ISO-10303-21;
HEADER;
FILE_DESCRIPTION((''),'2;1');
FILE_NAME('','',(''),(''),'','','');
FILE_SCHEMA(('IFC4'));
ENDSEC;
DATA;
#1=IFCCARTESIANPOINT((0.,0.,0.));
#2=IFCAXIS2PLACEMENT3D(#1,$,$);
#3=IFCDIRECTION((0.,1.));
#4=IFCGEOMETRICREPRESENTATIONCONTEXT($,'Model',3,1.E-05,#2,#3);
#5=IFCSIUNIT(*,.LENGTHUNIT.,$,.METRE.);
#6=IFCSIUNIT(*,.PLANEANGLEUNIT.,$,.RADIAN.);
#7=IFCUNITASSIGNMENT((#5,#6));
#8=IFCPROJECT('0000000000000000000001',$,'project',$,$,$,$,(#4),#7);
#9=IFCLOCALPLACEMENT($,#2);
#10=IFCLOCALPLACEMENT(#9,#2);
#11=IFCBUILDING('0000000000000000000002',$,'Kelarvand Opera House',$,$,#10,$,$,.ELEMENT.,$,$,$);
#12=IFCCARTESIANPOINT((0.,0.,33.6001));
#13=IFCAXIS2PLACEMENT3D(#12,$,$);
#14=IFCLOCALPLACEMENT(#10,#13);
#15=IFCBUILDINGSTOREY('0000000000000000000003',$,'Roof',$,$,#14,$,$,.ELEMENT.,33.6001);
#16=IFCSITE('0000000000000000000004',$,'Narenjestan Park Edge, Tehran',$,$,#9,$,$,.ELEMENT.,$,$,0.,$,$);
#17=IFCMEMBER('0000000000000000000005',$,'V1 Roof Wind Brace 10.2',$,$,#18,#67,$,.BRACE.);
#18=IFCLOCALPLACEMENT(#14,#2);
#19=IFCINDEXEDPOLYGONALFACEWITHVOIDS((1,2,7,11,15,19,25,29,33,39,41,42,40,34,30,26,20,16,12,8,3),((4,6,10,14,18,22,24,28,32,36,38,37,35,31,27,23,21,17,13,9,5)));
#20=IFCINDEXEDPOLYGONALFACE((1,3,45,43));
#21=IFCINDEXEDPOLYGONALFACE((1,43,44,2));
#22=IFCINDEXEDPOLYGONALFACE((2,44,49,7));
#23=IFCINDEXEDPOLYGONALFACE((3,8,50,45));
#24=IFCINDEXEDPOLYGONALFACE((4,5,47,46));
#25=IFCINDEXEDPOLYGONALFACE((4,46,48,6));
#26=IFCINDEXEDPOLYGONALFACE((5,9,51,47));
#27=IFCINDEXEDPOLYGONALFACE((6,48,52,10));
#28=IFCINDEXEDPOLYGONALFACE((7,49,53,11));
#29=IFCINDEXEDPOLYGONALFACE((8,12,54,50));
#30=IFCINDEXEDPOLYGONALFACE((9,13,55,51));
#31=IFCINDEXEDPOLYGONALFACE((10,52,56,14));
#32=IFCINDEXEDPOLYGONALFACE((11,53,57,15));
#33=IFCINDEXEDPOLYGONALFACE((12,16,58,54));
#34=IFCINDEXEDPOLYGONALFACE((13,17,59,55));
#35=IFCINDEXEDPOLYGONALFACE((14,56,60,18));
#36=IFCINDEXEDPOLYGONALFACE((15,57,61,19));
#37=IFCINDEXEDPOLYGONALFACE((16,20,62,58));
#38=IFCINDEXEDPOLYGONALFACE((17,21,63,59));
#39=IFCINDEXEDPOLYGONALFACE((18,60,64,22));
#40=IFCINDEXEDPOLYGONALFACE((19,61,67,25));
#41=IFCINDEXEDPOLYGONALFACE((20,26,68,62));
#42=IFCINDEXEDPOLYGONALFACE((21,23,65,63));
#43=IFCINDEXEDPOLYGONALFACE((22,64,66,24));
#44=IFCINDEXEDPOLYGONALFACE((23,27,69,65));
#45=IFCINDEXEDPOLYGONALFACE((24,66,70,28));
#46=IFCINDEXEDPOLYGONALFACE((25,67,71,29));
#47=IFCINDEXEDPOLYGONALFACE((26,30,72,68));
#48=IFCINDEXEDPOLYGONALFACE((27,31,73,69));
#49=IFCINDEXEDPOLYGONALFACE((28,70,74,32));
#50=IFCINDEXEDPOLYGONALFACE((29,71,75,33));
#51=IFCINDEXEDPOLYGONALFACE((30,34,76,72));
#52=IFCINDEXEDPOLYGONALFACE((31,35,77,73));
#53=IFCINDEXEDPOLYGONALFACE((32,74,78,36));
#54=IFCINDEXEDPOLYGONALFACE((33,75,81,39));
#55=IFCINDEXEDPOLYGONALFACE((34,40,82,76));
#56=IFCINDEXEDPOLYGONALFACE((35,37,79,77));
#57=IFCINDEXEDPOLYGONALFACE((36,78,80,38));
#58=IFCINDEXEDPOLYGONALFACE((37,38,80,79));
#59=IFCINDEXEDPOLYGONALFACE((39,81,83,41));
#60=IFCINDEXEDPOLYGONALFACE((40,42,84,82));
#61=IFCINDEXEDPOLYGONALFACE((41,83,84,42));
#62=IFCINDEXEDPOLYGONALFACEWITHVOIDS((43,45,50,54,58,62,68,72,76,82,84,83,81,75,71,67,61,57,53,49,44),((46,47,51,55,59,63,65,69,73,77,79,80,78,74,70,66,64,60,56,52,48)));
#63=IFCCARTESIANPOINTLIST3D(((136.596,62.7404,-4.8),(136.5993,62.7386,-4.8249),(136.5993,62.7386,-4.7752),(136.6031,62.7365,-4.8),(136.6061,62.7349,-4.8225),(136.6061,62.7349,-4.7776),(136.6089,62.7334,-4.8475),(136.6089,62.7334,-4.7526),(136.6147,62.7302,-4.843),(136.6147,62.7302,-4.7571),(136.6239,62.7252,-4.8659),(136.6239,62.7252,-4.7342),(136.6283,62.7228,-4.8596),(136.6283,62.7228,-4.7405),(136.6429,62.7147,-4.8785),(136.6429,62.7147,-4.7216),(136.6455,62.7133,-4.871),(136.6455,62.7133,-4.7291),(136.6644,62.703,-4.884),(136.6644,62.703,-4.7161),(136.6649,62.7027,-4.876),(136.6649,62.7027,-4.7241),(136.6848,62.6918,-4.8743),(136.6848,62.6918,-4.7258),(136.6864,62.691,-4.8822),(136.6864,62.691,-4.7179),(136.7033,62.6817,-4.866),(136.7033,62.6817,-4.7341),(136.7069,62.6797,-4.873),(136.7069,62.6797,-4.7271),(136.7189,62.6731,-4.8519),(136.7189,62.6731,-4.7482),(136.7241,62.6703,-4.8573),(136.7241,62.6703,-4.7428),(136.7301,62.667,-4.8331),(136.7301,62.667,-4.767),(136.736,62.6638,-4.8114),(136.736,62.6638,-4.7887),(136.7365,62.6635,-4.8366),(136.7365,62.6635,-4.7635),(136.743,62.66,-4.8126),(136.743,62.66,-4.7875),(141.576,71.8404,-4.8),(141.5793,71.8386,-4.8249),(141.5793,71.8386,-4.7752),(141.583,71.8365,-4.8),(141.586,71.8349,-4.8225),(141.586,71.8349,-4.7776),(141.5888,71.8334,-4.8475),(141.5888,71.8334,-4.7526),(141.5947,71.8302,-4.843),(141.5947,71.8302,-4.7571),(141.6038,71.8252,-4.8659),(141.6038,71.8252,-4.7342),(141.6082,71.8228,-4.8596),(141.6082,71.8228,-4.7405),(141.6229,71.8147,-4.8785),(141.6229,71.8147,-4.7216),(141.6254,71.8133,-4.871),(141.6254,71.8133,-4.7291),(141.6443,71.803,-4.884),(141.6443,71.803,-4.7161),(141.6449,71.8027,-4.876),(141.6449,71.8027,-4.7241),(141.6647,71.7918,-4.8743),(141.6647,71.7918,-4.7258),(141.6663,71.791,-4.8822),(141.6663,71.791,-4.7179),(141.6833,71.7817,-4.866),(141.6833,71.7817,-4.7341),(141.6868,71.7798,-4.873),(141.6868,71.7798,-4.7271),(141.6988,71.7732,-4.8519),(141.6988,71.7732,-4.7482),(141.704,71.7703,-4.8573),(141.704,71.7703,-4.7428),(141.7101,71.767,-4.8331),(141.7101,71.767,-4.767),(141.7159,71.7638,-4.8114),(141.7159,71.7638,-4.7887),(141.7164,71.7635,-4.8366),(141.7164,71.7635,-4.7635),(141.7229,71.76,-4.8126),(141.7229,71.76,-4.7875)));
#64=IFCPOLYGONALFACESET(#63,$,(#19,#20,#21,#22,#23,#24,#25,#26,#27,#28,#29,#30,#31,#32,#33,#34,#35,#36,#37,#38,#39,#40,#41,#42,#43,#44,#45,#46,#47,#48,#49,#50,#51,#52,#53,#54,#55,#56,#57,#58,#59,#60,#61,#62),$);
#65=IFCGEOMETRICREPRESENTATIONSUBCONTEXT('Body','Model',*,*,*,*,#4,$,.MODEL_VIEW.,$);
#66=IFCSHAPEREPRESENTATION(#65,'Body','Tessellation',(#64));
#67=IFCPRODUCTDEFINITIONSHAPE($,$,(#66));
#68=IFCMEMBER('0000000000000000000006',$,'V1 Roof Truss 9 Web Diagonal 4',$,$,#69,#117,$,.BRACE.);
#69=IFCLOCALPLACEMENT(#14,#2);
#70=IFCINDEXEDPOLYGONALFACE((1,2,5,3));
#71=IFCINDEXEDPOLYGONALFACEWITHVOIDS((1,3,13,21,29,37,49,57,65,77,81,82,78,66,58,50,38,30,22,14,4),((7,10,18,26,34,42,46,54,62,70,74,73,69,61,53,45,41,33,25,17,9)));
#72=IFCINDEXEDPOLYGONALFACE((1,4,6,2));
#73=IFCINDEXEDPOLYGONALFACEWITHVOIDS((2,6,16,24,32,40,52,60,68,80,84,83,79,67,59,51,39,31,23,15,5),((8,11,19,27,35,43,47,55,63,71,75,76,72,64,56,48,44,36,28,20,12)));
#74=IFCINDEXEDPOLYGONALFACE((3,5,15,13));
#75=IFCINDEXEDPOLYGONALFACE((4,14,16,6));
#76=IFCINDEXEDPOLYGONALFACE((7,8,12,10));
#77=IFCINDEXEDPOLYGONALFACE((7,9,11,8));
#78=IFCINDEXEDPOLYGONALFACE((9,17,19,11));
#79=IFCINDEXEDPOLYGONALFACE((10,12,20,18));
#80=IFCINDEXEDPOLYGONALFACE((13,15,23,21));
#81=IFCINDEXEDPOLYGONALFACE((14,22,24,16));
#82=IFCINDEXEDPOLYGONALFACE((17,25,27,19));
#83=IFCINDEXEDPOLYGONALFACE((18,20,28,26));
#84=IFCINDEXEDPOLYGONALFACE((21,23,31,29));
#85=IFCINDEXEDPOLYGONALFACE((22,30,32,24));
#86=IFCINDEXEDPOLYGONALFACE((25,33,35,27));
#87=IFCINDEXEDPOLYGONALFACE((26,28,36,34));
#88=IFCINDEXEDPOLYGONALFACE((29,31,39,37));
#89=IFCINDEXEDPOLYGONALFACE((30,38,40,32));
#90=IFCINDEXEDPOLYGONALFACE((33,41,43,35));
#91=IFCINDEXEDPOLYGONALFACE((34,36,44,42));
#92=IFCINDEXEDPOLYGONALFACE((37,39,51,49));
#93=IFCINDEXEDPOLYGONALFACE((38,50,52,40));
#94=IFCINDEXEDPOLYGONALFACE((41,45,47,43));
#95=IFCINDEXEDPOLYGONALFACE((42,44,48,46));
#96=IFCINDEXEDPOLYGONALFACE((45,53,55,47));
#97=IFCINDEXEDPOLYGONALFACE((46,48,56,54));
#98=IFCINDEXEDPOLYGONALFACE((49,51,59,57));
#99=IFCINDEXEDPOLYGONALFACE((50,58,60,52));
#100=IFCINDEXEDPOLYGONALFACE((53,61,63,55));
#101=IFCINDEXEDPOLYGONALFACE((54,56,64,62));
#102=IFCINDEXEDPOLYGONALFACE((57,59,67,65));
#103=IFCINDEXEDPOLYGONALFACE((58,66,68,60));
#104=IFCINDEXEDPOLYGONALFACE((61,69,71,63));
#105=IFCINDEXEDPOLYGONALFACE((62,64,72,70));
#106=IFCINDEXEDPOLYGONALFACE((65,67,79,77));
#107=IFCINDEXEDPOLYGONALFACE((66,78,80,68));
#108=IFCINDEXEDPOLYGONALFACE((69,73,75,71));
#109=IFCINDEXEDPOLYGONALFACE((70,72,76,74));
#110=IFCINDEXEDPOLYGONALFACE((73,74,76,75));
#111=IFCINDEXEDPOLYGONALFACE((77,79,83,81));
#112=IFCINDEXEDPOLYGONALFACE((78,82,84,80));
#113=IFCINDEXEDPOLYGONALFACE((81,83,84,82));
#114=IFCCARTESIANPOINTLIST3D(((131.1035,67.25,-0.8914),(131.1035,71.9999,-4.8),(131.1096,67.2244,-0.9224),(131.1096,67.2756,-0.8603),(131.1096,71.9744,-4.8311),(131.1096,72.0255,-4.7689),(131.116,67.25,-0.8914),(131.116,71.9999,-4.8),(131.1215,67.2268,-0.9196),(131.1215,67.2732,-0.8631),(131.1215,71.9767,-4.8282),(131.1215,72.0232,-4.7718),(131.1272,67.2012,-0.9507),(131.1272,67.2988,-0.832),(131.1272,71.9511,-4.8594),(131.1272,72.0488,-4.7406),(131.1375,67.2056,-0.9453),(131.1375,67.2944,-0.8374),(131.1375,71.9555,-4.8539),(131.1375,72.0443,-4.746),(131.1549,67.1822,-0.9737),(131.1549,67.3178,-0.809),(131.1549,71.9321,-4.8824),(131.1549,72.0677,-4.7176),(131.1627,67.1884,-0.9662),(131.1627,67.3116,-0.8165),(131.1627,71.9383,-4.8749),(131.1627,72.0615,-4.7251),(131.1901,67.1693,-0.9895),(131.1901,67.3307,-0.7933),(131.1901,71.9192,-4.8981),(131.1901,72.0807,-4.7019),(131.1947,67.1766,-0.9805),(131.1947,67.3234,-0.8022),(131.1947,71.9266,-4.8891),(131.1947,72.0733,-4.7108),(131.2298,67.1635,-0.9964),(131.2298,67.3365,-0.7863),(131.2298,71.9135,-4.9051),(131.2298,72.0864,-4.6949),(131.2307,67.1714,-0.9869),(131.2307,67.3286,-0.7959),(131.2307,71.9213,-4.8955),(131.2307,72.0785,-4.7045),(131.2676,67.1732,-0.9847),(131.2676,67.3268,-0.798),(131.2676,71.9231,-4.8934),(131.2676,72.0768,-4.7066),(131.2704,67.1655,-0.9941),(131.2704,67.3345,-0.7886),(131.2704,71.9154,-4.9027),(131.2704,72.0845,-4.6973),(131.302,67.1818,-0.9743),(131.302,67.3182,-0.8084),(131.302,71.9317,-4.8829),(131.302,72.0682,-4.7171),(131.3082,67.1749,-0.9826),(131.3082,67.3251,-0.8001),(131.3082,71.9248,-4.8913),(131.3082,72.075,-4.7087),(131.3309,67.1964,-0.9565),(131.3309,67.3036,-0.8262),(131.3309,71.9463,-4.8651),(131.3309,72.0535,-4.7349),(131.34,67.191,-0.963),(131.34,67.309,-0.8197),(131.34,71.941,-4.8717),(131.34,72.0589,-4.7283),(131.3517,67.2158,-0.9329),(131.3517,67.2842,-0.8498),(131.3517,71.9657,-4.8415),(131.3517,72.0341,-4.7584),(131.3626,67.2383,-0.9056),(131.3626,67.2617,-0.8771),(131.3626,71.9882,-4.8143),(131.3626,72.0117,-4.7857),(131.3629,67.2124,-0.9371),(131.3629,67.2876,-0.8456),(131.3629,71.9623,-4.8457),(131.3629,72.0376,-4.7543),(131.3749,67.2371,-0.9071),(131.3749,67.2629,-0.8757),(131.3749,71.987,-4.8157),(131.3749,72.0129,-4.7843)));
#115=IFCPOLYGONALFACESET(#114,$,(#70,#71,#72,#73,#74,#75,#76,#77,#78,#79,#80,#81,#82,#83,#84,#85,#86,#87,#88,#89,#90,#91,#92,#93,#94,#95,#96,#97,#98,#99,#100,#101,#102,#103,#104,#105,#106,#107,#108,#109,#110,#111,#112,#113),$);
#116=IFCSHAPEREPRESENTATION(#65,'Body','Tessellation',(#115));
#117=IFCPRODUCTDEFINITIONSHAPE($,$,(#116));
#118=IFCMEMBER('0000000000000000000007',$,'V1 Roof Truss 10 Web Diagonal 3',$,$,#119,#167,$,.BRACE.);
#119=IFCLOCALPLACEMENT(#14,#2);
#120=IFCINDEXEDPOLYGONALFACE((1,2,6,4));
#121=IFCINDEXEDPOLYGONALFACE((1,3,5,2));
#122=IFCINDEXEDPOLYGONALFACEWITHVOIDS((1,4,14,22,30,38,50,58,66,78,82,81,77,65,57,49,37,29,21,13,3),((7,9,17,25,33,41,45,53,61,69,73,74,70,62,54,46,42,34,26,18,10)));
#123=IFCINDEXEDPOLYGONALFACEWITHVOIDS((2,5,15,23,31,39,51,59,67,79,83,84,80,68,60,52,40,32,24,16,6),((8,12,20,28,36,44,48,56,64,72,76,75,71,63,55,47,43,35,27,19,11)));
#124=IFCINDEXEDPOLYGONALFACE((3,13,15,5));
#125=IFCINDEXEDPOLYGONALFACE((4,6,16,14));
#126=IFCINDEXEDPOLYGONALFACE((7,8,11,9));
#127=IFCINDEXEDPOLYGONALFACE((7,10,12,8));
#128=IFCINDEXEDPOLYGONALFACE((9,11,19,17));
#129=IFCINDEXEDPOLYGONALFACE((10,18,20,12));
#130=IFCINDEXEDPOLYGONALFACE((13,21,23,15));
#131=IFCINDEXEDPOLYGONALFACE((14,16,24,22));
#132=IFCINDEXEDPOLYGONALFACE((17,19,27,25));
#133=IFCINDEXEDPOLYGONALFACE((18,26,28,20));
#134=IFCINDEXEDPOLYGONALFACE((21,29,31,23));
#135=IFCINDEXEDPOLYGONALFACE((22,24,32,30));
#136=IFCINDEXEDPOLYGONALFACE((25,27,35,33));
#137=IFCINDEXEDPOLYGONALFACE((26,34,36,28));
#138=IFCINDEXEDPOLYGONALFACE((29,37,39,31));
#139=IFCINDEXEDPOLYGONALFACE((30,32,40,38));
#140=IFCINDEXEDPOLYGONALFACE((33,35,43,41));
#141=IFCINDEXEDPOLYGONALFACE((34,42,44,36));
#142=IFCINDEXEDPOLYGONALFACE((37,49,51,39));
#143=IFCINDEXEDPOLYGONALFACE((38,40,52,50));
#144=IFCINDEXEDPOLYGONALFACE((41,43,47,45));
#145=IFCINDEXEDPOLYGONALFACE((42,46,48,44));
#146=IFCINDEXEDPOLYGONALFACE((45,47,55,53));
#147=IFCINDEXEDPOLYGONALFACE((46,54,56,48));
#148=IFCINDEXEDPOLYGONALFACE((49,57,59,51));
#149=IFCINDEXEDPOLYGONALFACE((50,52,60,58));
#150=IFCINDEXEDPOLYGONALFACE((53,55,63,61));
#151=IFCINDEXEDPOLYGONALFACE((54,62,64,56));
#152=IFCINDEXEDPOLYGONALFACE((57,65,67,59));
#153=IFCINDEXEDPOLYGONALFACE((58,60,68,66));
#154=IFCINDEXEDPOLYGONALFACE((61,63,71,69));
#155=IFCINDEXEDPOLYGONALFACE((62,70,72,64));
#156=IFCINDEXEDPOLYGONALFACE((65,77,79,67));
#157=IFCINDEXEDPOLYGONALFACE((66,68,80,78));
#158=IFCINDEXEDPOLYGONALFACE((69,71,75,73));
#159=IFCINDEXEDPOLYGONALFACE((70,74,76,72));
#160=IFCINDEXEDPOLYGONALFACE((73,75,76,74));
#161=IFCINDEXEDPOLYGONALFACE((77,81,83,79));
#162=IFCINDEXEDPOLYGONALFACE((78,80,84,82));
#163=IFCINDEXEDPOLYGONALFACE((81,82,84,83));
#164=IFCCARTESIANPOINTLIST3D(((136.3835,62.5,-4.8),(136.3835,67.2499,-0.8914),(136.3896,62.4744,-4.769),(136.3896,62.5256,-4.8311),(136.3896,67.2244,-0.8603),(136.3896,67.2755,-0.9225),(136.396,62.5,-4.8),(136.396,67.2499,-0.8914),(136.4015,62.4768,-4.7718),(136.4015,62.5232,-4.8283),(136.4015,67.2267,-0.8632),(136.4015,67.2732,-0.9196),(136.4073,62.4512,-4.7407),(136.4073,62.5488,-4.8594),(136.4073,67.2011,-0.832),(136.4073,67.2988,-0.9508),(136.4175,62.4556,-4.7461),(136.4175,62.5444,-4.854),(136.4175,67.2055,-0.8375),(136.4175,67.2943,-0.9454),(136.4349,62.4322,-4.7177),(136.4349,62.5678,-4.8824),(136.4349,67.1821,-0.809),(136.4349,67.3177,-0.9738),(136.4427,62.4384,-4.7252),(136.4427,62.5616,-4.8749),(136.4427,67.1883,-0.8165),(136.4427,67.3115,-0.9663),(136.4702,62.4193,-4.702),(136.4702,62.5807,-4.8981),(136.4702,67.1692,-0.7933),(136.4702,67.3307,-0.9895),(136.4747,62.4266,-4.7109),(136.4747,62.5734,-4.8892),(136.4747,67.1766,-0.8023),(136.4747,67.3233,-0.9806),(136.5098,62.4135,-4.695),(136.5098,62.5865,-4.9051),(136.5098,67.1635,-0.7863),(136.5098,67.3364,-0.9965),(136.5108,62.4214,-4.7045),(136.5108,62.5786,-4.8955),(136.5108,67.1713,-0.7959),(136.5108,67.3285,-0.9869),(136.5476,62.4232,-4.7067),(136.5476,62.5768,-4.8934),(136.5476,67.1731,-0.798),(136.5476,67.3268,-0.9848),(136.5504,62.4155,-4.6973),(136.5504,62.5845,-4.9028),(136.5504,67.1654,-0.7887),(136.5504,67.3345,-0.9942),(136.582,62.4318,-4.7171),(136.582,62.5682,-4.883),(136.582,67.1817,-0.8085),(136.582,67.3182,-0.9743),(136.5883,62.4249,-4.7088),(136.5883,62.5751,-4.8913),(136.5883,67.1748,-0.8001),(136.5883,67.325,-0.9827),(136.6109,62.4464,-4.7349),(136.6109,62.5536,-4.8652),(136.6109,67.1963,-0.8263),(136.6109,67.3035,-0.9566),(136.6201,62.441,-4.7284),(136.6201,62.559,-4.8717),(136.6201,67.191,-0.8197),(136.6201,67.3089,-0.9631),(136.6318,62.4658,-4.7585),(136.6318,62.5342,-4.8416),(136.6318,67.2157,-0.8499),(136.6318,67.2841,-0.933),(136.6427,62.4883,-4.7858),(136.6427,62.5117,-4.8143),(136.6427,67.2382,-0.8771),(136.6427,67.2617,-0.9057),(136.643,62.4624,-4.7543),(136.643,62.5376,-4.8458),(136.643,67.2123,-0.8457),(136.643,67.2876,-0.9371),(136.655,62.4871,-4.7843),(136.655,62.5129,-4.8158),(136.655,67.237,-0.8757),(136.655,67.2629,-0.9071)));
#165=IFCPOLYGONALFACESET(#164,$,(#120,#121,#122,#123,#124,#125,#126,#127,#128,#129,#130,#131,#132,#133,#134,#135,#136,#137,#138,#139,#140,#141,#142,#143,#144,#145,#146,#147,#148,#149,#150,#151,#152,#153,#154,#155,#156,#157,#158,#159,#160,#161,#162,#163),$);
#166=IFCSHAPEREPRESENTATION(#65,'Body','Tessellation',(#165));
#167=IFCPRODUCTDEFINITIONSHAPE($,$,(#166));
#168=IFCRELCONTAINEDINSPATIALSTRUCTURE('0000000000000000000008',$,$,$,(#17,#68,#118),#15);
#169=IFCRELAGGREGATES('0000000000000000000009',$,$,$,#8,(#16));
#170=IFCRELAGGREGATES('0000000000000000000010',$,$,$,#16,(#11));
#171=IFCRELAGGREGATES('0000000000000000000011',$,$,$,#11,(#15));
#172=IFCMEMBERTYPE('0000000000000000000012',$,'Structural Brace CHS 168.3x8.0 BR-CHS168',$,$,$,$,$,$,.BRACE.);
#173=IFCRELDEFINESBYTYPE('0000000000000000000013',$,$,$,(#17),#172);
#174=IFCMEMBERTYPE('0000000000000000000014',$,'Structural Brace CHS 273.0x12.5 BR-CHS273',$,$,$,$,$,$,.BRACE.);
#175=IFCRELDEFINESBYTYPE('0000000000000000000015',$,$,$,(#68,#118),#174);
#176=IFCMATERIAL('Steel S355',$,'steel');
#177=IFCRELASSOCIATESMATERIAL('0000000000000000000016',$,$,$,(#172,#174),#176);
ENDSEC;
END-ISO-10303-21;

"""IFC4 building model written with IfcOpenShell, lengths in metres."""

from ifc_helpers import new_model, si_unit, direction, frame, origin, origin_2d, place, context, subcontext, project, spatial, hollow_circle, extrude, material, material_profile, profile_set, type_object, element, save


model = new_model("IFC4")

# Units and contexts
model_context = context("Model", 3, precision=1e-05, world=origin(), true_north=direction((0.0, 1.0)))
body_context = subcontext(model_context, "Body", "Model", "MODEL_VIEW")
ifc_project = project(units=[si_unit("LENGTHUNIT", "METRE"), si_unit("PLANEANGLEUNIT", "RADIAN")], contexts=[model_context])

# Site, building, storey
site_placement = place(None, origin())
site = spatial("IfcSite", under=ifc_project, at=site_placement, Name="Narenjestan Park Edge, Tehran", CompositionType="ELEMENT", RefElevation=0.0)
building_placement = place(site_placement, origin())
building = spatial("IfcBuilding", under=site, at=building_placement, Name="Kelarvand Opera House", CompositionType="ELEMENT")
storey_placement = place(building_placement, frame((0.0, 0.0, 33.6001)))
storey = spatial("IfcBuildingStorey", under=building, at=storey_placement, Name="Roof", CompositionType="ELEMENT", Elevation=33.6001)

# Members
ifc_material = material(Name="Steel S355", Category="steel")
ifc_material_profile_1 = material_profile(ifc_material, hollow_circle(Radius=0.0842, WallThickness=0.0081, at=origin_2d()), Name="CHS 168.3x8.0", Category="steel")
ifc_profile_set_1 = profile_set([ifc_material_profile_1], Name="Steel S355")
member_type_1 = type_object("IfcMemberType", Name="Structural Brace CHS 168.3x8.0 BR-CHS168", PredefinedType="BRACE", material=ifc_profile_set_1)
member_1_placement = place(storey_placement, frame((136.6699, 62.7, -4.8), z_axis=(0.480062, 0.877235, 0.0), x_axis=(-0.877235, 0.480062, 0.0)))
element("IfcMember", 1, at=member_1_placement, inside=storey, type_object=member_type_1, Name="V1 Roof Wind Brace 10.2", PredefinedType="BRACE", context=body_context, shape_type="SweptSolid", body=[
    extrude(hollow_circle(Radius=0.0842, WallThickness=0.0081, at=origin_2d()), origin(), (0.0, 0.0, 1.0), 10.3735),
])
ifc_material_profile_2 = material_profile(ifc_material, hollow_circle(Radius=0.1365, WallThickness=0.0125, at=origin_2d()), Name="CHS 273.0x12.5", Category="steel")
ifc_profile_set_2 = profile_set([ifc_material_profile_2], Name="Steel S355")
member_type_2 = type_object("IfcMemberType", Name="Structural Brace CHS 273.0x12.5 BR-CHS273", PredefinedType="BRACE", material=ifc_profile_set_2)
for number, where, z_axis, x_axis, name in (
    (2, (131.24, 67.25, -0.8914), (0.0, 0.772175, -0.63541), (-1.0, 0.0, 0.0), "V1 Roof Truss 9 Web Diagonal 4"),
    (3, (136.52, 62.5, -4.8), (0.0, 0.772175, 0.63541), (-1.0, 0.0, 0.0), "V1 Roof Truss 10 Web Diagonal 3"),
):
    element("IfcMember", number, at=place(storey_placement, frame(where, z_axis=z_axis, x_axis=x_axis)), inside=storey, type_object=member_type_2, Name=name, PredefinedType="BRACE", context=body_context, shape_type="SweptSolid", body=[
        extrude(hollow_circle(Radius=0.1365, WallThickness=0.0125, at=origin_2d()), origin(), (0.0, 0.0, 1.0), 6.1514),
    ])

save(model, "model.ifc")
